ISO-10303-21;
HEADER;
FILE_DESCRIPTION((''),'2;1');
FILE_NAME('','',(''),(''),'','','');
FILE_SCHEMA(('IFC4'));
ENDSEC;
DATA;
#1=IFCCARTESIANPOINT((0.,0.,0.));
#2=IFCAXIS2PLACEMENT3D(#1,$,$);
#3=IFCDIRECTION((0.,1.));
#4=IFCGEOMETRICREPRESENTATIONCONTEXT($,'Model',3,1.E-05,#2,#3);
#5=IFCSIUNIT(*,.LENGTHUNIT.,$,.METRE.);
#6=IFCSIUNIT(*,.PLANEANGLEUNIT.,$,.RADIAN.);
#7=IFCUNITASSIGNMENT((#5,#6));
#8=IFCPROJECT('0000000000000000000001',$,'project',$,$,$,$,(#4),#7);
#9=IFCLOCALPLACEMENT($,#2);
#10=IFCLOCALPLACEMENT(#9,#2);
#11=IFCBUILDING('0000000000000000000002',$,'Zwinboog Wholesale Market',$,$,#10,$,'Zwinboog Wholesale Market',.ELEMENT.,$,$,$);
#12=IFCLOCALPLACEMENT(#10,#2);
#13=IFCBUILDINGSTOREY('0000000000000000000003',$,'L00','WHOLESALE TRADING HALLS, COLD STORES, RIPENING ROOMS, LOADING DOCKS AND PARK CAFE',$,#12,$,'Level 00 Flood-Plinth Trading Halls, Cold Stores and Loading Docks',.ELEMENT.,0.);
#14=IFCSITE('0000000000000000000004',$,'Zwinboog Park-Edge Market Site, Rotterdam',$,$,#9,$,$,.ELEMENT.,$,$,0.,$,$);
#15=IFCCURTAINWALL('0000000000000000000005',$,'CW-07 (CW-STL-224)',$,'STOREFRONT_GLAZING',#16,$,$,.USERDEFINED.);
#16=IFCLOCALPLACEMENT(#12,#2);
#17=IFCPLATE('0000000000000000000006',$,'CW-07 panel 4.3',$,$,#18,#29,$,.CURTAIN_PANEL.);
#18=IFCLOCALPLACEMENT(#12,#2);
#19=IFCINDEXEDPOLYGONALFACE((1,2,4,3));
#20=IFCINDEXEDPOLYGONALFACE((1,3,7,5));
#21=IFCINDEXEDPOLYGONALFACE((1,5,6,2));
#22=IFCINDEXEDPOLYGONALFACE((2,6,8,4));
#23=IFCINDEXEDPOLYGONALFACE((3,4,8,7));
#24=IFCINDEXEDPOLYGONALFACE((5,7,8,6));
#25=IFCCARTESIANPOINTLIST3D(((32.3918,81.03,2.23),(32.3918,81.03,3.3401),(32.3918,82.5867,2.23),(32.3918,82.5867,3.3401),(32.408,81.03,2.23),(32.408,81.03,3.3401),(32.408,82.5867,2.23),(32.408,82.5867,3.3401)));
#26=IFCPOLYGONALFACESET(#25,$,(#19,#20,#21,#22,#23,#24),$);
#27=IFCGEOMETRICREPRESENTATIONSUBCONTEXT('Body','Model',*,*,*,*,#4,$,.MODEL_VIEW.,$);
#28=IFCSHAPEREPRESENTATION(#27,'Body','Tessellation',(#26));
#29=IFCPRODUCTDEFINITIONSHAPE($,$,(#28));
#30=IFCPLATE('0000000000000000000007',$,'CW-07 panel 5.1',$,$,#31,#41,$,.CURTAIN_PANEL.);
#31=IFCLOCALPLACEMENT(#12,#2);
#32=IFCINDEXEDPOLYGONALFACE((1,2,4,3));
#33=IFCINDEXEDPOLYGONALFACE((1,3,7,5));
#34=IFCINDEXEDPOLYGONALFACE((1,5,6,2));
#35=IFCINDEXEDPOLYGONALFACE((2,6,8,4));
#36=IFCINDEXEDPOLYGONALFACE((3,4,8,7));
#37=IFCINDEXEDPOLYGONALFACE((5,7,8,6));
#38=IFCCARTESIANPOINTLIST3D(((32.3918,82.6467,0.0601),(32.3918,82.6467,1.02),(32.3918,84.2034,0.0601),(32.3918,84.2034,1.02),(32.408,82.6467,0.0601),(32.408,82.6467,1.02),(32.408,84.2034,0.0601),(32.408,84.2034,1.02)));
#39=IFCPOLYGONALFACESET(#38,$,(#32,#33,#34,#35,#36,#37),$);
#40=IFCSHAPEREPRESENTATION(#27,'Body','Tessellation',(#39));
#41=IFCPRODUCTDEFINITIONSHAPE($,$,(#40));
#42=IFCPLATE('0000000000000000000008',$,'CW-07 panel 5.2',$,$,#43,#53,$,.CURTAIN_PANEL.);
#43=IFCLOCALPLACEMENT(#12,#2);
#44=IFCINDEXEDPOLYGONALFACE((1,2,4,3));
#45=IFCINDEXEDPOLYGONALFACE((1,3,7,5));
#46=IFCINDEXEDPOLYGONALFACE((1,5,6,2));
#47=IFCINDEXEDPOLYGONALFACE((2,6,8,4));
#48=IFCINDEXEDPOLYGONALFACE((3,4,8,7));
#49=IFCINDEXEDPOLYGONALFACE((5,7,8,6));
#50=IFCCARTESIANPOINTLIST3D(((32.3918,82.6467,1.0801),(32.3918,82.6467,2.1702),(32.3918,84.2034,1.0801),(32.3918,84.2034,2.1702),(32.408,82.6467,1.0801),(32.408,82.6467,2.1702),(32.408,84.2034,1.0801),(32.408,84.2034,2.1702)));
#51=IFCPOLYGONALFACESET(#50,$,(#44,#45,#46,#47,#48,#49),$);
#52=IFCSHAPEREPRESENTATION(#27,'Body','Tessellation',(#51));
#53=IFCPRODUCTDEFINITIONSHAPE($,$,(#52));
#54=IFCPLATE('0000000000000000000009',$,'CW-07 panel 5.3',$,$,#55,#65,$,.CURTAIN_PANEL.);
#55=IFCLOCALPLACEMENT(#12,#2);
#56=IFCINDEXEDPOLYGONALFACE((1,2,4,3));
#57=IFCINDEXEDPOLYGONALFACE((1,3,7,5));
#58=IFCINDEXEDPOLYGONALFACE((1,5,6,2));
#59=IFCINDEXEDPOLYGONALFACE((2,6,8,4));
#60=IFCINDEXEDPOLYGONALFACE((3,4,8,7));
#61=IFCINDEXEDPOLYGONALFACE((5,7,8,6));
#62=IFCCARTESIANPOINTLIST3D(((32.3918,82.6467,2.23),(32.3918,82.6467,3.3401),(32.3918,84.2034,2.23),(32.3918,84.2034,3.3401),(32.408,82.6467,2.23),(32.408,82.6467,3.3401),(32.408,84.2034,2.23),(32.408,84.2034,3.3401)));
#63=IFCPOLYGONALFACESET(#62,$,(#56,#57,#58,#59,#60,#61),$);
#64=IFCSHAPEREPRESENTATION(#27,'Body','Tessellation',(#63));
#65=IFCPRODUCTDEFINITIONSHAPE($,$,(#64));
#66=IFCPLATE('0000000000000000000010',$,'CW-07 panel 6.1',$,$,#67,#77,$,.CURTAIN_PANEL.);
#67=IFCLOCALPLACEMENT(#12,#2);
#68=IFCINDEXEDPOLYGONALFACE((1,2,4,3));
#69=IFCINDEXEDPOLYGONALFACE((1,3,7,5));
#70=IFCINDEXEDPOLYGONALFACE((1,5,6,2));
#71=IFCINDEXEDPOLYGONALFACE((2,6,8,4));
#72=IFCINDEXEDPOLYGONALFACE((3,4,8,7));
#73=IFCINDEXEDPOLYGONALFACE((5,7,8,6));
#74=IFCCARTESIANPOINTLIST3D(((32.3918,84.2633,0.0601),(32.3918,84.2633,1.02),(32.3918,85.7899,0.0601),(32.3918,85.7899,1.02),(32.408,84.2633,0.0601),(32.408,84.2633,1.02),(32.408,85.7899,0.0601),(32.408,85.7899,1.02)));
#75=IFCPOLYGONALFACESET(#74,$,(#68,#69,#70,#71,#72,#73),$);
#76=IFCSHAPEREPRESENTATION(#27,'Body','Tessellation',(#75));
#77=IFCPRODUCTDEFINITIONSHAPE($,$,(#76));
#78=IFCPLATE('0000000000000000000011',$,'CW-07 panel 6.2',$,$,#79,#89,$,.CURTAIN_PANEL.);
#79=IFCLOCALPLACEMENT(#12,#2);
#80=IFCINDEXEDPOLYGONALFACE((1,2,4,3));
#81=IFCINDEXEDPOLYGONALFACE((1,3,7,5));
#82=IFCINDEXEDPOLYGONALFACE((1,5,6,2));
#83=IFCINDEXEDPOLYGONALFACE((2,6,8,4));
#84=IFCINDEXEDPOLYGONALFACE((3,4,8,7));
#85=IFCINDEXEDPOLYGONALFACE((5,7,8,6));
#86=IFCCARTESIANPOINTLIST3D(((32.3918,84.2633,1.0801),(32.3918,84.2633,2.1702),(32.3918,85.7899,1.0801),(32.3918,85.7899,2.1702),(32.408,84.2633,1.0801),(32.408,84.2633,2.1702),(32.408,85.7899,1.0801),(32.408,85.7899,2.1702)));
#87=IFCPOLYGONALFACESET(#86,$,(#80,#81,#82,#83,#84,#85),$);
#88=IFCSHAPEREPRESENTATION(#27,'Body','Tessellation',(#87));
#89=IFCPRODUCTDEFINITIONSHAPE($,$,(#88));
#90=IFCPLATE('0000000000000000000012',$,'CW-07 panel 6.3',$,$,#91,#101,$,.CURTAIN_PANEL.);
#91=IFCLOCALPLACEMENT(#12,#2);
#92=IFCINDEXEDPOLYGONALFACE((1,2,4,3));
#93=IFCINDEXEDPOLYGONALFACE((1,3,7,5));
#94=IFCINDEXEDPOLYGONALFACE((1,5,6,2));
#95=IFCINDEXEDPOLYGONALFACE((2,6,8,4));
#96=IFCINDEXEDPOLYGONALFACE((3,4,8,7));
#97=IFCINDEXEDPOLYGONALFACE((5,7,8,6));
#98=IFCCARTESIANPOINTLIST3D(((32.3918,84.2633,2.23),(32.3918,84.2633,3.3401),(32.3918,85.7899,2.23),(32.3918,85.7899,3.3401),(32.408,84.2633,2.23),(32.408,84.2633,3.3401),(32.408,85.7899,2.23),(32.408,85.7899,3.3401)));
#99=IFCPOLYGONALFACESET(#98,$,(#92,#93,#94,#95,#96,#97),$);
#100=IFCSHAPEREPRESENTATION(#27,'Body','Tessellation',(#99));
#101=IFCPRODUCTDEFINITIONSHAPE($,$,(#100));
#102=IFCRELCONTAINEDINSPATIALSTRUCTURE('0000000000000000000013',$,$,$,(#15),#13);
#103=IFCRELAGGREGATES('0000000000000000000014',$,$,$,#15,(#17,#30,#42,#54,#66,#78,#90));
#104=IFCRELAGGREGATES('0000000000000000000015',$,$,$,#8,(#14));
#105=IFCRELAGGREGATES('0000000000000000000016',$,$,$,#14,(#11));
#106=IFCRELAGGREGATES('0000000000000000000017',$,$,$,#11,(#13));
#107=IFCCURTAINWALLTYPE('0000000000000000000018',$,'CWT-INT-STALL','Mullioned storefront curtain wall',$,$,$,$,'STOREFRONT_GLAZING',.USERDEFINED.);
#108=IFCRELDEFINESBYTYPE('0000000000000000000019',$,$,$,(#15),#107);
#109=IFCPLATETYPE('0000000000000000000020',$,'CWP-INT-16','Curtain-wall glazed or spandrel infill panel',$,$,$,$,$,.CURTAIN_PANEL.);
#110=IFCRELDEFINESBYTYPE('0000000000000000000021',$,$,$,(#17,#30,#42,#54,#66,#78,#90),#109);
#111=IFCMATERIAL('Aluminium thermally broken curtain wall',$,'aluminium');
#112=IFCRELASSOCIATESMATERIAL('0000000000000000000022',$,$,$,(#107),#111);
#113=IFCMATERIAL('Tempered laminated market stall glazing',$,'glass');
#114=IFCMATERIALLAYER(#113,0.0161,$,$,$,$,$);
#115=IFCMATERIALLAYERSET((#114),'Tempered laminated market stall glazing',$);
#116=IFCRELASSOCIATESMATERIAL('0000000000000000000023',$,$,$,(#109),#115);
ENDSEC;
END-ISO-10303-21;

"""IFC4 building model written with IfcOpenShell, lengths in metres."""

from ifc_helpers import new_model, si_unit, direction, frame, origin, origin_2d, place, context, subcontext, project, spatial, rectangle, extrude, material, layer, layer_set, type_object, element, aggregate, save


model = new_model("IFC4")

# Units and contexts
model_context = context("Model", 3, precision=1e-05, world=origin(), true_north=direction((0.0, 1.0)))
body_context = subcontext(model_context, "Body", "Model", "MODEL_VIEW")
ifc_project = project(units=[si_unit("LENGTHUNIT", "METRE"), si_unit("PLANEANGLEUNIT", "RADIAN")], contexts=[model_context])

# Site, building, storey
site_placement = place(None, origin())
site = spatial("IfcSite", under=ifc_project, at=site_placement, Name="Zwinboog Park-Edge Market Site, Rotterdam", CompositionType="ELEMENT", RefElevation=0.0)
building_placement = place(site_placement, origin())
building = spatial("IfcBuilding", under=site, at=building_placement, Name="Zwinboog Wholesale Market", LongName="Zwinboog Wholesale Market", CompositionType="ELEMENT")
storey_placement = place(building_placement, origin())
storey = spatial("IfcBuildingStorey", under=building, at=storey_placement, Name="L00", Description="WHOLESALE TRADING HALLS, COLD STORES, RIPENING ROOMS, LOADING DOCKS AND PARK CAFE", LongName="Level 00 Flood-Plinth Trading Halls, Cold Stores and Loading Docks", CompositionType="ELEMENT", Elevation=0.0)

# Curtain wall, plates
ifc_material_1 = material(Name="Aluminium thermally broken curtain wall", Category="aluminium")
curtain_wall_type = type_object("IfcCurtainWallType", Name="CWT-INT-STALL", Description="Mullioned storefront curtain wall", ElementType="STOREFRONT_GLAZING", PredefinedType="USERDEFINED", material=ifc_material_1)
curtain_wall_placement = place(storey_placement, origin())
curtain_wall = element("IfcCurtainWall", 1, at=curtain_wall_placement, inside=storey, type_object=curtain_wall_type, Name="CW-07 (CW-STL-224)", ObjectType="STOREFRONT_GLAZING", PredefinedType="USERDEFINED")
ifc_material_2 = material(Name="Tempered laminated market stall glazing", Category="glass")
ifc_layer = layer(ifc_material_2, 0.0161)
ifc_layer_set = layer_set([ifc_layer], Name="Tempered laminated market stall glazing")
plate_type = type_object("IfcPlateType", Name="CWP-INT-16", Description="Curtain-wall glazed or spandrel infill panel", PredefinedType="CURTAIN_PANEL", material=ifc_layer_set)
plate_1_placement = place(storey_placement, frame((32.3999, 81.8083, 2.23), z_axis=(0.0, 0.0, 1.0), x_axis=(0.0, 1.0, 0.0)))
plate_1 = element("IfcPlate", 2, at=plate_1_placement, type_object=plate_type, Name="CW-07 panel 4.3", PredefinedType="CURTAIN_PANEL", context=body_context, shape_type="SweptSolid", body=[
    extrude(rectangle(XDim=1.5566, YDim=0.0161, at=origin_2d()), origin(), (0.0, 0.0, 1.0), 1.1101),
])
plate_2_placement = place(storey_placement, frame((32.3999, 83.425, 0.0601), z_axis=(0.0, 0.0, 1.0), x_axis=(0.0, 1.0, 0.0)))
plate_2 = element("IfcPlate", 3, at=plate_2_placement, type_object=plate_type, Name="CW-07 panel 5.1", PredefinedType="CURTAIN_PANEL", context=body_context, shape_type="SweptSolid", body=[
    extrude(rectangle(XDim=1.5566, YDim=0.0161, at=origin_2d()), origin(), (0.0, 0.0, 1.0), 0.96),
])
plate_3_placement = place(storey_placement, frame((32.3999, 83.425, 1.0801), z_axis=(0.0, 0.0, 1.0), x_axis=(0.0, 1.0, 0.0)))
plate_3 = element("IfcPlate", 4, at=plate_3_placement, type_object=plate_type, Name="CW-07 panel 5.2", PredefinedType="CURTAIN_PANEL", context=body_context, shape_type="SweptSolid", body=[
    extrude(rectangle(XDim=1.5566, YDim=0.0161, at=origin_2d()), origin(), (0.0, 0.0, 1.0), 1.0901),
])
plate_4_placement = place(storey_placement, frame((32.3999, 83.425, 2.23), z_axis=(0.0, 0.0, 1.0), x_axis=(0.0, 1.0, 0.0)))
plate_4 = element("IfcPlate", 5, at=plate_4_placement, type_object=plate_type, Name="CW-07 panel 5.3", PredefinedType="CURTAIN_PANEL", context=body_context, shape_type="SweptSolid", body=[
    extrude(rectangle(XDim=1.5566, YDim=0.0161, at=origin_2d()), origin(), (0.0, 0.0, 1.0), 1.1101),
])
plate_5_placement = place(storey_placement, frame((32.3999, 85.0266, 0.0601), z_axis=(0.0, 0.0, 1.0), x_axis=(0.0, 1.0, 0.0)))
plate_5 = element("IfcPlate", 6, at=plate_5_placement, type_object=plate_type, Name="CW-07 panel 6.1", PredefinedType="CURTAIN_PANEL", context=body_context, shape_type="SweptSolid", body=[
    extrude(rectangle(XDim=1.5266, YDim=0.0161, at=origin_2d()), origin(), (0.0, 0.0, 1.0), 0.96),
])
plate_6_placement = place(storey_placement, frame((32.3999, 85.0266, 1.0801), z_axis=(0.0, 0.0, 1.0), x_axis=(0.0, 1.0, 0.0)))
plate_6 = element("IfcPlate", 7, at=plate_6_placement, type_object=plate_type, Name="CW-07 panel 6.2", PredefinedType="CURTAIN_PANEL", context=body_context, shape_type="SweptSolid", body=[
    extrude(rectangle(XDim=1.5266, YDim=0.0161, at=origin_2d()), origin(), (0.0, 0.0, 1.0), 1.0901),
])
plate_7_placement = place(storey_placement, frame((32.3999, 85.0266, 2.23), z_axis=(0.0, 0.0, 1.0), x_axis=(0.0, 1.0, 0.0)))
plate_7 = element("IfcPlate", 8, at=plate_7_placement, type_object=plate_type, Name="CW-07 panel 6.3", PredefinedType="CURTAIN_PANEL", context=body_context, shape_type="SweptSolid", body=[
    extrude(rectangle(XDim=1.5266, YDim=0.0161, at=origin_2d()), origin(), (0.0, 0.0, 1.0), 1.1101),
])
aggregate(curtain_wall, [plate_1, plate_2, plate_3, plate_4, plate_5, plate_6, plate_7])

save(model, "model.ifc")
